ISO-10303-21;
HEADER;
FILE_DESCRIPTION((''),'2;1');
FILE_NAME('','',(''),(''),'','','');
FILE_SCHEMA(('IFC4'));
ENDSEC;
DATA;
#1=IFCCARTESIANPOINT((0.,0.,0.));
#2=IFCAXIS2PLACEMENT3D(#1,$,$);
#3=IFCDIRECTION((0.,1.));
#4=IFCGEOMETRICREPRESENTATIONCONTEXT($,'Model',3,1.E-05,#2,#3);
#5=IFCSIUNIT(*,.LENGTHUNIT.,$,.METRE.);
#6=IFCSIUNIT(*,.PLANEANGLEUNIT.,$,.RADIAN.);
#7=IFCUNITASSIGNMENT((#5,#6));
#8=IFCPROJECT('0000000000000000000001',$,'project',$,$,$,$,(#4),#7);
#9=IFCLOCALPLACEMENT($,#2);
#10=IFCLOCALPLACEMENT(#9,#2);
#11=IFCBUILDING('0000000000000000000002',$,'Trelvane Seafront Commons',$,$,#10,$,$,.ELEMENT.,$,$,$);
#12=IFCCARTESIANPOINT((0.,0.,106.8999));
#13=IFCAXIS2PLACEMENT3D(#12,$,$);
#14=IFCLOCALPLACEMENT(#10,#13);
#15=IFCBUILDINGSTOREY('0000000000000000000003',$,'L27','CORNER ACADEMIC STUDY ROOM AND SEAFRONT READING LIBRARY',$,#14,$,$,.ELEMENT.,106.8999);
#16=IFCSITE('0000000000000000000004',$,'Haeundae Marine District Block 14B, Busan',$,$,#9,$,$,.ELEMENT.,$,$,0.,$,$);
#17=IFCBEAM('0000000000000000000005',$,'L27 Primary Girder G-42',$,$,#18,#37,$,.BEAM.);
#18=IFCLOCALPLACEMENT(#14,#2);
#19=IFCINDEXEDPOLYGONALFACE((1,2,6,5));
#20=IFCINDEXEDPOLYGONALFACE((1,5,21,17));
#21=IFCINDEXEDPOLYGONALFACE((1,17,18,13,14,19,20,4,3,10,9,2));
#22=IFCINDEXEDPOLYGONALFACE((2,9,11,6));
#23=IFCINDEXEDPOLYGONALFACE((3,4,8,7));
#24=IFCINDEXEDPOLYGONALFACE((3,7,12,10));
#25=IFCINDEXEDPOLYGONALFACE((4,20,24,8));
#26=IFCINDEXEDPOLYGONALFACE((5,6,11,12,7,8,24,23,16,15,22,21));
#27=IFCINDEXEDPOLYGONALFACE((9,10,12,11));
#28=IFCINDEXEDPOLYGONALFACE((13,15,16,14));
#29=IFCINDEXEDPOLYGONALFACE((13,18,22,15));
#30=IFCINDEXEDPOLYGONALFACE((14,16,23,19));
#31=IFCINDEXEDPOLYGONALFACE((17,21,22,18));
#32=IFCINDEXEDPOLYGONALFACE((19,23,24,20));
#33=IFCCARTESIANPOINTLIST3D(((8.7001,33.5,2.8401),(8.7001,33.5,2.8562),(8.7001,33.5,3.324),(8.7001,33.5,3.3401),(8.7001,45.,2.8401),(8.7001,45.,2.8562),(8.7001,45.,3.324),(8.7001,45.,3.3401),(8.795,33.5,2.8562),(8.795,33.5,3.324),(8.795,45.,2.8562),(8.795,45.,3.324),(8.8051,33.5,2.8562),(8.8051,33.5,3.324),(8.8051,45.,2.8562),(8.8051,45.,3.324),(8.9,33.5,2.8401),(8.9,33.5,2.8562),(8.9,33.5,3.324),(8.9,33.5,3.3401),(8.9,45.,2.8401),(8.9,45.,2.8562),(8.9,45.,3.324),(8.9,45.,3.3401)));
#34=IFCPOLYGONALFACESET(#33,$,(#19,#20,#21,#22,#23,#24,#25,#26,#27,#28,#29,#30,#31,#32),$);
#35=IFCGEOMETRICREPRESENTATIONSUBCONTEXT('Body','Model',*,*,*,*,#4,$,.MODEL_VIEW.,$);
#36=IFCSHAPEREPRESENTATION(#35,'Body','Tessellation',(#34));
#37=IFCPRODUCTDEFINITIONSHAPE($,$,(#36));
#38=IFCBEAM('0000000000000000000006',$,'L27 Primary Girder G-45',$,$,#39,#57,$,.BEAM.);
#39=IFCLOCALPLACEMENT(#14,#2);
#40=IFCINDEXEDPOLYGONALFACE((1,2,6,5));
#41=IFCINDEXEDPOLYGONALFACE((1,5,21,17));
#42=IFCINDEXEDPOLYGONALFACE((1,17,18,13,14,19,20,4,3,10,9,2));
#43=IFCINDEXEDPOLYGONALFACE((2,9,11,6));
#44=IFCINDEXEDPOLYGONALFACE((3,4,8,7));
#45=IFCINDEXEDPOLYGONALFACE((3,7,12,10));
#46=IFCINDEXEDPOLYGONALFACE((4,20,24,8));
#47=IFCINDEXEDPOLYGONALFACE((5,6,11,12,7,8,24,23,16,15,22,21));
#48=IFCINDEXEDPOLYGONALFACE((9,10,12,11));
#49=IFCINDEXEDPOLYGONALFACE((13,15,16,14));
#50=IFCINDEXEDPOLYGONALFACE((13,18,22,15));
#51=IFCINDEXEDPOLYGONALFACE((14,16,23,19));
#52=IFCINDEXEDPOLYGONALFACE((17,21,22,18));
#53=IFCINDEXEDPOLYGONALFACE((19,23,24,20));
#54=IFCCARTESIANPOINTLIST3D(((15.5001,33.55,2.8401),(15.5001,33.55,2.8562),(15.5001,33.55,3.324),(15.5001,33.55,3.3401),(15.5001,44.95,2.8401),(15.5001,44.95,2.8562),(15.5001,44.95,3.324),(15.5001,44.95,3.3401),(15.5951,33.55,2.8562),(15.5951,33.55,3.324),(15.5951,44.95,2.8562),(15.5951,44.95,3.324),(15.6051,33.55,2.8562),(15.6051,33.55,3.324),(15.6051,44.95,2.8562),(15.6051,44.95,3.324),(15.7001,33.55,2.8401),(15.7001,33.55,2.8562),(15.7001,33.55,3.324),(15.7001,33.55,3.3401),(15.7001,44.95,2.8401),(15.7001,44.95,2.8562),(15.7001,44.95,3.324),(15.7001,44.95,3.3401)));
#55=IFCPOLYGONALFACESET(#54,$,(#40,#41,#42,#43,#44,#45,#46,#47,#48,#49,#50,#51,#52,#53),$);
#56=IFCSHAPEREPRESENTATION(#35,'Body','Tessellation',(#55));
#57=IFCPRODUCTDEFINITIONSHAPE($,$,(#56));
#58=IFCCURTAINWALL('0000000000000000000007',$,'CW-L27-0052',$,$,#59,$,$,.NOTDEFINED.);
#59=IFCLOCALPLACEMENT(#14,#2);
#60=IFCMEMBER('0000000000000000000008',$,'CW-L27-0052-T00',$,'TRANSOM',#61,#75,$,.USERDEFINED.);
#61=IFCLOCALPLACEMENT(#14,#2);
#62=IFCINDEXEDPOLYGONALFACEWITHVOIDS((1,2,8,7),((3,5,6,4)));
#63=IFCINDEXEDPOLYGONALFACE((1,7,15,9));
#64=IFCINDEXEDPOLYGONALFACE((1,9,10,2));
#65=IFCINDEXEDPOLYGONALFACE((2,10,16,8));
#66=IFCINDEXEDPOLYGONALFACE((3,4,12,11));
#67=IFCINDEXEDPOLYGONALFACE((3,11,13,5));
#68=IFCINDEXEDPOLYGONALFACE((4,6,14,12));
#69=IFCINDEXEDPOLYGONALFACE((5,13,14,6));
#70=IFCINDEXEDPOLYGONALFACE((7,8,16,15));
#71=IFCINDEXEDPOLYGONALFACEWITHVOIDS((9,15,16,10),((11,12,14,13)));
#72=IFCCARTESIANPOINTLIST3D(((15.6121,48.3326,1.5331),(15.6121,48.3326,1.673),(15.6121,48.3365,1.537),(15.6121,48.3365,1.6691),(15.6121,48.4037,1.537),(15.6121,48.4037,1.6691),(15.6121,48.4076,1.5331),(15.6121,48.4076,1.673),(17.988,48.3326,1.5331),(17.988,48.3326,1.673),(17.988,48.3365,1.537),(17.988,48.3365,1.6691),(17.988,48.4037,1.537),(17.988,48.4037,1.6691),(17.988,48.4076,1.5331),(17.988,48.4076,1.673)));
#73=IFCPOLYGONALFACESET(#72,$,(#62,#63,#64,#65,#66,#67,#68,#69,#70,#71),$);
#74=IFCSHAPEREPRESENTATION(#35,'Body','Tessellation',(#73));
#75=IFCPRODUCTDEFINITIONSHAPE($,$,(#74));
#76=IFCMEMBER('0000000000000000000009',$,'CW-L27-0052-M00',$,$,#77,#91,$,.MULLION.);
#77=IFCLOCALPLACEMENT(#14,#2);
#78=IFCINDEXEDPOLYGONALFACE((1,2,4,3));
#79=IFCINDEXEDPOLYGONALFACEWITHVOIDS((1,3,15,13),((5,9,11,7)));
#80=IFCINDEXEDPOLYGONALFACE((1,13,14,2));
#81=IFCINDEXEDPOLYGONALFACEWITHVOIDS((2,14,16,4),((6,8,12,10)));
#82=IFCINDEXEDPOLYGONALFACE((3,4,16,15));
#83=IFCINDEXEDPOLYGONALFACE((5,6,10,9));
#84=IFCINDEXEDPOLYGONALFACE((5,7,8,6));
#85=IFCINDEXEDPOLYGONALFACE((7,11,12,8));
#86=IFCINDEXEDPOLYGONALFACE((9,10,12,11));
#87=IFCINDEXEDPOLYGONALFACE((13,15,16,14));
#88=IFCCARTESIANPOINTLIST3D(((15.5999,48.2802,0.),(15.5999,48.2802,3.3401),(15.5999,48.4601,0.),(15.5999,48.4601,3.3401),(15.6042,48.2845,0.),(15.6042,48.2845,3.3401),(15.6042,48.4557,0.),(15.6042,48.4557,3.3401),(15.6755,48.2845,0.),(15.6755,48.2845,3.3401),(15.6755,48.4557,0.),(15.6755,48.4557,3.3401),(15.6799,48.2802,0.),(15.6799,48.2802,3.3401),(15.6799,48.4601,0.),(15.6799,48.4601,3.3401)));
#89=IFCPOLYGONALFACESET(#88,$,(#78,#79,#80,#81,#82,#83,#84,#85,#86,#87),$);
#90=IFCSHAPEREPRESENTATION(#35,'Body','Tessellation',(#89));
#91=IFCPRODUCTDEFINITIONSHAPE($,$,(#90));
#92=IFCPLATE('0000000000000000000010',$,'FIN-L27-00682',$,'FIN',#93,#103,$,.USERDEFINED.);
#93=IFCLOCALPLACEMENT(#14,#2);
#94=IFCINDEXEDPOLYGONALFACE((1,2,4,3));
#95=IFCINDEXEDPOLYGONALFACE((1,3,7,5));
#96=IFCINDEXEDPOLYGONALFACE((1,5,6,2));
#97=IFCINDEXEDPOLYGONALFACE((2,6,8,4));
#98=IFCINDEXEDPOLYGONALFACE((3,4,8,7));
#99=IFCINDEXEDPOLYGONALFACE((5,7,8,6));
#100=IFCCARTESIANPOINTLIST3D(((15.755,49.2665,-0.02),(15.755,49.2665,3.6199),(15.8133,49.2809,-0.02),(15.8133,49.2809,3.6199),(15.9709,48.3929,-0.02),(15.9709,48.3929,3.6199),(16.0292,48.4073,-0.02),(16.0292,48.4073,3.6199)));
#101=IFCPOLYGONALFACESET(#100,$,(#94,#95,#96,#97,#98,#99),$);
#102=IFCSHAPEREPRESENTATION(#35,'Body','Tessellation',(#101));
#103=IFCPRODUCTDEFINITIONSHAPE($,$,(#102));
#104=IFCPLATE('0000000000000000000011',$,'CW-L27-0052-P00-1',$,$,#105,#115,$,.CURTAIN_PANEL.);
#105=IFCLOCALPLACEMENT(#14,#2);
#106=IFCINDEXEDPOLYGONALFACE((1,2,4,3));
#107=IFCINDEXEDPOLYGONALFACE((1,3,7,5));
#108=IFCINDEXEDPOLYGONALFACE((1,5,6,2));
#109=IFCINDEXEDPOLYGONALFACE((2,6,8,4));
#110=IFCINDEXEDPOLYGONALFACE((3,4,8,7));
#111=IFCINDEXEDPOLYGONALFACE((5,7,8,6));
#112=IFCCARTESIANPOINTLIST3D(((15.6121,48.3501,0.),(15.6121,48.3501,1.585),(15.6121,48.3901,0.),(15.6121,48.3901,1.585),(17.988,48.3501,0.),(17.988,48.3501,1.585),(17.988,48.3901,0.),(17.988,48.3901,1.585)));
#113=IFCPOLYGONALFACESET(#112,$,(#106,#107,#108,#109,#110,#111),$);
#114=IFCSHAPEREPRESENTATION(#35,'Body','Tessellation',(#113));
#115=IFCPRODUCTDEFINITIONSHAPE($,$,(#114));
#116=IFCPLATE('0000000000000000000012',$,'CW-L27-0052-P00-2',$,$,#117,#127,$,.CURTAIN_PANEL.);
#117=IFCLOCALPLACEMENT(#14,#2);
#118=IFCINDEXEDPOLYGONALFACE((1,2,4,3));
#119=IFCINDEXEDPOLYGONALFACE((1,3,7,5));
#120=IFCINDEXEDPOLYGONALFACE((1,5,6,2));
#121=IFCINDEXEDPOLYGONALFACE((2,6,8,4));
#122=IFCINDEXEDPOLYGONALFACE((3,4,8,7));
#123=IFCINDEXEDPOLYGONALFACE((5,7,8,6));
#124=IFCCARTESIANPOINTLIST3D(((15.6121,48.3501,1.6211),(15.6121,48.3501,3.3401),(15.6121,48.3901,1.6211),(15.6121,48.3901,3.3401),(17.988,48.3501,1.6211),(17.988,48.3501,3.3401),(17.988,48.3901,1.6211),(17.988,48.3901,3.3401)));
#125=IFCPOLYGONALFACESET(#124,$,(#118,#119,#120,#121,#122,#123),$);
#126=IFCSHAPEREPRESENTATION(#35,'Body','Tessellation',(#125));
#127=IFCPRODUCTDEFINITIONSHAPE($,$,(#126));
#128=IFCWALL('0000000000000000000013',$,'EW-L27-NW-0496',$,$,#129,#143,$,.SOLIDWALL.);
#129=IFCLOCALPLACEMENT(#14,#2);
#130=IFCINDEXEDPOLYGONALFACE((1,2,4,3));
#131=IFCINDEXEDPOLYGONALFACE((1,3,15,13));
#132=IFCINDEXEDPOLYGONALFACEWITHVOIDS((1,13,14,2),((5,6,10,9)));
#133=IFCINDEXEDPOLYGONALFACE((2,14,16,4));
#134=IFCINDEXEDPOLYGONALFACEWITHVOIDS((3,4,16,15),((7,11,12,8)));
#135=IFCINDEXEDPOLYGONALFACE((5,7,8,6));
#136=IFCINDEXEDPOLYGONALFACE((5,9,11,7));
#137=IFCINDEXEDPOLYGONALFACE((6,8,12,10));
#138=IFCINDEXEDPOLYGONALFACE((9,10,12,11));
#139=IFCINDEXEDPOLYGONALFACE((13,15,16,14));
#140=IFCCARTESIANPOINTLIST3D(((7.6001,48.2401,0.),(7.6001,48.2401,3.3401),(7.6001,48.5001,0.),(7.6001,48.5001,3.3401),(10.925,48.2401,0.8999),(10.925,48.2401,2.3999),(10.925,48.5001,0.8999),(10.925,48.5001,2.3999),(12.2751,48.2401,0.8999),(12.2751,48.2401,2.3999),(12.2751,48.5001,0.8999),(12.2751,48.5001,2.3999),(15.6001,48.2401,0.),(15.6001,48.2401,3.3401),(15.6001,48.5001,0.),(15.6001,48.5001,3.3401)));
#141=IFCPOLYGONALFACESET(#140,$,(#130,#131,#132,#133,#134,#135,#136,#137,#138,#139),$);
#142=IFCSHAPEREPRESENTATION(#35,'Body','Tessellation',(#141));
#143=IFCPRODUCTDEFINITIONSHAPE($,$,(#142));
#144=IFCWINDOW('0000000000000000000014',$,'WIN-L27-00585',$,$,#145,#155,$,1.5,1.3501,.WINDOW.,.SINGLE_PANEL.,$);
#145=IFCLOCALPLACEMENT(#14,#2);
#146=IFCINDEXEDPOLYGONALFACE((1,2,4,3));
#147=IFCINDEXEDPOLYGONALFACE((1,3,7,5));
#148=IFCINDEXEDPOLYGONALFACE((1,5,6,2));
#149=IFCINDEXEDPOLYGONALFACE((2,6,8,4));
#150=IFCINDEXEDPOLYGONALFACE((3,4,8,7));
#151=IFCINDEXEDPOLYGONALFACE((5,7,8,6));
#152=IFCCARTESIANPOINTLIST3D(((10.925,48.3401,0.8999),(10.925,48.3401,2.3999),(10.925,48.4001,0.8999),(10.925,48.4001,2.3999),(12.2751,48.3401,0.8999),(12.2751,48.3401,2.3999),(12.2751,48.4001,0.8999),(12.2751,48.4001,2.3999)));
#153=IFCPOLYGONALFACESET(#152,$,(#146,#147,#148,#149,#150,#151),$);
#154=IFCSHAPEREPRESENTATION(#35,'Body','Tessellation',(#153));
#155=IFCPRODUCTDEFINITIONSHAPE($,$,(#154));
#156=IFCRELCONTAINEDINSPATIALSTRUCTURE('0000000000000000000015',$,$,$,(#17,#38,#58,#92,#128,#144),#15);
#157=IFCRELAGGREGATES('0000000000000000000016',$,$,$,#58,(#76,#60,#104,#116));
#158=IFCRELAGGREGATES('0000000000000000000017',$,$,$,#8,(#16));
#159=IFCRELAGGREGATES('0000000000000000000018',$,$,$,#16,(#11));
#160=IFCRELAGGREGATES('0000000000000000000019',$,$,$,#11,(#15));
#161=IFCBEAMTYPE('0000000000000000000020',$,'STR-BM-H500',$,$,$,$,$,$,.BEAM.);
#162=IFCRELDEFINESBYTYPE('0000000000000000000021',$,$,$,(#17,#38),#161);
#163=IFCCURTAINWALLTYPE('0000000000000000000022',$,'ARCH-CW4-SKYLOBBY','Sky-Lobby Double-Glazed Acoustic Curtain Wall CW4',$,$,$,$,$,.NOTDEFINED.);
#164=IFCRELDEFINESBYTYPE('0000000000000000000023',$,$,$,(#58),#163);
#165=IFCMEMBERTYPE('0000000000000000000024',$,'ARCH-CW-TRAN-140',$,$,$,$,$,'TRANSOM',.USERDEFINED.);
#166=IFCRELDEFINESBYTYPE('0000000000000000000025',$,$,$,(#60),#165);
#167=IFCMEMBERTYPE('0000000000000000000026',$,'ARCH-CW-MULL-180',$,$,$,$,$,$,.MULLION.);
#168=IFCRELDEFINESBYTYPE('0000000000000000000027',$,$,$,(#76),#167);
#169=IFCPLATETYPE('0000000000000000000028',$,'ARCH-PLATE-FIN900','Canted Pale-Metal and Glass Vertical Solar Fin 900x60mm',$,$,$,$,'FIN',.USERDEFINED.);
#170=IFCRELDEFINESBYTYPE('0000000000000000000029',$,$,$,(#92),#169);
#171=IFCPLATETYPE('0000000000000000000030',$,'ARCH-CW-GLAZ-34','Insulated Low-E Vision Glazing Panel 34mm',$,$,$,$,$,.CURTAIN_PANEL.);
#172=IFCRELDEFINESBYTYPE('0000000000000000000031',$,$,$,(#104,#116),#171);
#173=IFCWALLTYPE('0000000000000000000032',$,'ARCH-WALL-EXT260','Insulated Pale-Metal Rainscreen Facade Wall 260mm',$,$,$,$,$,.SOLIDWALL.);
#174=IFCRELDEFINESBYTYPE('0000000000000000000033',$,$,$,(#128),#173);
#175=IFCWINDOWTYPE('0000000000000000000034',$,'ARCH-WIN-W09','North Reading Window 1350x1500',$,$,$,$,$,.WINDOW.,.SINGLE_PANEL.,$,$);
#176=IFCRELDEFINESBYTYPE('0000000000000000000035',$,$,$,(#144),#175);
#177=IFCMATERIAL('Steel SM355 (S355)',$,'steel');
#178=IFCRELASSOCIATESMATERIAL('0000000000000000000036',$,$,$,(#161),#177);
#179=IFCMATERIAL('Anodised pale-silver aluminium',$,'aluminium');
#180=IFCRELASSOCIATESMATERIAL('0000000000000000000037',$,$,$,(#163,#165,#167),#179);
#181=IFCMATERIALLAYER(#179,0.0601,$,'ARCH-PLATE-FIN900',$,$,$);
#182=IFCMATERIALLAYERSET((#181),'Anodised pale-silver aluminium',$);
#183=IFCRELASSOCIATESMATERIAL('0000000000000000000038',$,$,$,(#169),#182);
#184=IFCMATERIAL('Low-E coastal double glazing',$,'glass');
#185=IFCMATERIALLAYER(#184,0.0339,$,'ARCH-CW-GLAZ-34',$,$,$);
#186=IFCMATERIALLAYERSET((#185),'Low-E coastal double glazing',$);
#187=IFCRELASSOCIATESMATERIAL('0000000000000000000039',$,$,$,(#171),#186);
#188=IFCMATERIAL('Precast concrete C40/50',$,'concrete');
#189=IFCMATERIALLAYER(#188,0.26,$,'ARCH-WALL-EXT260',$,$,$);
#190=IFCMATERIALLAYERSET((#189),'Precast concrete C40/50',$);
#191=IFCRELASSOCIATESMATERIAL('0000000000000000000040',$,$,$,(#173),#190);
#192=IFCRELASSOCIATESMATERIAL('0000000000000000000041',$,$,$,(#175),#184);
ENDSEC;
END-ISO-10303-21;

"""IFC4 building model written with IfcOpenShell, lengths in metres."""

from ifc_helpers import new_model, si_unit, direction, frame, frame_2d, origin, origin_2d, place, context, subcontext, project, spatial, rectangle, hollow_rectangle, i_section, extrude, source, transform, mapped, material, layer, layer_set, material_profile, profile_set, type_object, element, fill, aggregate, save


model = new_model("IFC4")

# Units and contexts
model_context = context("Model", 3, precision=1e-05, world=origin(), true_north=direction((0.0, 1.0)))
body_context = subcontext(model_context, "Body", "Model", "MODEL_VIEW")
ifc_project = project(units=[si_unit("LENGTHUNIT", "METRE"), si_unit("PLANEANGLEUNIT", "RADIAN")], contexts=[model_context])

# Site, building, storey
site_placement = place(None, origin())
site = spatial("IfcSite", under=ifc_project, at=site_placement, Name="Haeundae Marine District Block 14B, Busan", CompositionType="ELEMENT", RefElevation=0.0)
building_placement = place(site_placement, origin())
building = spatial("IfcBuilding", under=site, at=building_placement, Name="Trelvane Seafront Commons", CompositionType="ELEMENT")
storey_placement = place(building_placement, frame((0.0, 0.0, 106.8999)))
storey = spatial("IfcBuildingStorey", under=building, at=storey_placement, Name="L27", Description="CORNER ACADEMIC STUDY ROOM AND SEAFRONT READING LIBRARY", CompositionType="ELEMENT", Elevation=106.8999)

# Shared definitions
ifc_material_1 = material(Name="Steel SM355 (S355)", Category="steel")

# Beams
ifc_material_profile_1 = material_profile(ifc_material_1, i_section(OverallWidth=0.2, OverallDepth=0.5, WebThickness=0.01, FlangeThickness=0.0161, at=origin_2d()), Name="H-500x200x10x16")
ifc_profile_set_1 = profile_set([ifc_material_profile_1], Name="Steel SM355 (S355)")
beam_type_1 = type_object("IfcBeamType", Name="STR-BM-H500", PredefinedType="BEAM", material=ifc_profile_set_1)
shared_shape_1 = source(origin(), body_context, "Body", "SweptSolid", [
    extrude(i_section(OverallWidth=0.2, OverallDepth=0.5, WebThickness=0.01, FlangeThickness=0.0161, at=origin_2d()), origin(), (0.0, 0.0, 1.0), 11.5),
])
for number, where, z_axis, x_axis, name in (
    (1, (8.8, 33.5, 3.0901), (0.0, 1.0, 0.0), (-1.0, 0.0, 0.0), "L27 Primary Girder G-42"),
):
    element("IfcBeam", number, at=place(storey_placement, frame(where, z_axis=z_axis, x_axis=x_axis)), inside=storey, type_object=beam_type_1, Name=name, PredefinedType="BEAM", context=body_context, shape_type="MappedRepresentation", body=[
        mapped(shared_shape_1, transform((0.0, 0.0, 0.0), x_axis=(1.0, 0.0, 0.0), y_axis=(0.0, 1.0, 0.0), z_axis=(0.0, 0.0, 1.0), scale=1.0)),
    ])
shared_shape_2 = source(origin(), body_context, "Body", "SweptSolid", [
    extrude(i_section(OverallWidth=0.2, OverallDepth=0.5, WebThickness=0.01, FlangeThickness=0.0161, at=origin_2d()), origin(), (0.0, 0.0, 1.0), 11.3999),
])
beam_1_placement = place(storey_placement, frame((15.6001, 33.55, 3.0901), z_axis=(0.0, 1.0, 0.0), x_axis=(-1.0, 0.0, 0.0)))
element("IfcBeam", 2, at=beam_1_placement, inside=storey, type_object=beam_type_1, Name="L27 Primary Girder G-45", PredefinedType="BEAM", context=body_context, shape_type="MappedRepresentation", body=[
    mapped(shared_shape_2, transform((0.0, 0.0, 0.0), x_axis=(1.0, 0.0, 0.0), y_axis=(0.0, 1.0, 0.0), z_axis=(0.0, 0.0, 1.0), scale=1.0)),
])

# Curtain wall, members
ifc_material_2 = material(Name="Anodised pale-silver aluminium", Category="aluminium")
curtain_wall_type = type_object("IfcCurtainWallType", Name="ARCH-CW4-SKYLOBBY", Description="Sky-Lobby Double-Glazed Acoustic Curtain Wall CW4", PredefinedType="NOTDEFINED", material=ifc_material_2)
curtain_wall_placement = place(storey_placement, origin())
curtain_wall = element("IfcCurtainWall", 3, at=curtain_wall_placement, inside=storey, type_object=curtain_wall_type, Name="CW-L27-0052", PredefinedType="NOTDEFINED")
ifc_material_profile_2 = material_profile(ifc_material_2, hollow_rectangle(XDim=0.075, YDim=0.1399, WallThickness=0.0039, at=origin_2d()), Name="TRAN-75x140x4")
ifc_profile_set_2 = profile_set([ifc_material_profile_2], Name="Anodised pale-silver aluminium")
member_type_1 = type_object("IfcMemberType", Name="ARCH-CW-TRAN-140", ElementType="TRANSOM", PredefinedType="USERDEFINED", material=ifc_profile_set_2)
shared_shape_3 = source(origin(), body_context, "Body", "SweptSolid", [
    extrude(hollow_rectangle(XDim=0.075, YDim=0.1399, WallThickness=0.0039, at=origin_2d()), origin(), (0.0, 0.0, 1.0), 2.376),
])
member_1_placement = place(storey_placement, frame((15.6121, 48.3701, 1.603), z_axis=(1.0, 0.0, 0.0), x_axis=(0.0, 1.0, 0.0)))
member_1 = element("IfcMember", 4, at=member_1_placement, type_object=member_type_1, Name="CW-L27-0052-T00", ObjectType="TRANSOM", PredefinedType="USERDEFINED", context=body_context, shape_type="MappedRepresentation", body=[
    mapped(shared_shape_3, transform((0.0, 0.0, 0.0), x_axis=(1.0, 0.0, 0.0), y_axis=(0.0, 1.0, 0.0), z_axis=(0.0, 0.0, 1.0), scale=1.0)),
])
ifc_material_profile_3 = material_profile(ifc_material_2, hollow_rectangle(XDim=0.0801, YDim=0.1799, WallThickness=0.0044, at=origin_2d()), Name="MULL-80x180x4.5")
ifc_profile_set_3 = profile_set([ifc_material_profile_3], Name="Anodised pale-silver aluminium")
member_type_2 = type_object("IfcMemberType", Name="ARCH-CW-MULL-180", PredefinedType="MULLION", material=ifc_profile_set_3)
shared_shape_4 = source(origin(), body_context, "Body", "SweptSolid", [
    extrude(hollow_rectangle(XDim=0.0801, YDim=0.1799, WallThickness=0.0044, at=origin_2d()), origin(), (0.0, 0.0, 1.0), 3.3401),
])
member_2_placement = place(storey_placement, frame((15.6399, 48.3701, 0.0), z_axis=(0.0, 0.0, 1.0), x_axis=(1.0, 0.0, 0.0)))
member_2 = element("IfcMember", 5, at=member_2_placement, type_object=member_type_2, Name="CW-L27-0052-M00", PredefinedType="MULLION", context=body_context, shape_type="MappedRepresentation", body=[
    mapped(shared_shape_4, transform((0.0, 0.0, 0.0), x_axis=(1.0, 0.0, 0.0), y_axis=(0.0, 1.0, 0.0), z_axis=(0.0, 0.0, 1.0), scale=1.0)),
])

# Plates
ifc_layer_1 = layer(ifc_material_2, 0.0601, Name="ARCH-PLATE-FIN900")
ifc_layer_set_1 = layer_set([ifc_layer_1], Name="Anodised pale-silver aluminium")
plate_type_1 = type_object("IfcPlateType", Name="ARCH-PLATE-FIN900", Description="Canted Pale-Metal and Glass Vertical Solar Fin 900x60mm", ElementType="FIN", PredefinedType="USERDEFINED", material=ifc_layer_set_1)
shared_shape_5 = source(origin(), body_context, "Body", "SweptSolid", [
    extrude(rectangle(XDim=0.8999, YDim=0.0601, at=origin_2d()), origin(), (0.0, 0.0, 1.0), 3.6399),
])
plate_1_placement = place(storey_placement, frame((15.8921, 48.8369, -0.02), z_axis=(0.0, 0.0, 1.0), x_axis=(-0.239999, 0.970773, 0.0)))
element("IfcPlate", 6, at=plate_1_placement, inside=storey, type_object=plate_type_1, Name="FIN-L27-00682", ObjectType="FIN", PredefinedType="USERDEFINED", context=body_context, shape_type="MappedRepresentation", body=[
    mapped(shared_shape_5, transform((0.0, 0.0, 0.0), x_axis=(1.0, 0.0, 0.0), y_axis=(0.0, 1.0, 0.0), z_axis=(0.0, 0.0, 1.0), scale=1.0)),
])
ifc_material_3 = material(Name="Low-E coastal double glazing", Category="glass")
ifc_layer_2 = layer(ifc_material_3, 0.0339, Name="ARCH-CW-GLAZ-34")
ifc_layer_set_2 = layer_set([ifc_layer_2], Name="Low-E coastal double glazing")
plate_type_2 = type_object("IfcPlateType", Name="ARCH-CW-GLAZ-34", Description="Insulated Low-E Vision Glazing Panel 34mm", PredefinedType="CURTAIN_PANEL", material=ifc_layer_set_2)
shared_shape_6 = source(origin(), body_context, "Body", "SweptSolid", [
    extrude(rectangle(XDim=2.376, YDim=0.04, at=origin_2d()), origin(), (0.0, 0.0, 1.0), 1.585),
])
plate_2_placement = place(storey_placement, frame((16.8, 48.3701, 0.0), z_axis=(0.0, 0.0, 1.0), x_axis=(1.0, 0.0, 0.0)))
plate_2 = element("IfcPlate", 7, at=plate_2_placement, type_object=plate_type_2, Name="CW-L27-0052-P00-1", PredefinedType="CURTAIN_PANEL", context=body_context, shape_type="MappedRepresentation", body=[
    mapped(shared_shape_6, transform((0.0, 0.0, 0.0), x_axis=(1.0, 0.0, 0.0), y_axis=(0.0, 1.0, 0.0), z_axis=(0.0, 0.0, 1.0), scale=1.0)),
])
shared_shape_7 = source(origin(), body_context, "Body", "SweptSolid", [
    extrude(rectangle(XDim=2.376, YDim=0.04, at=origin_2d()), origin(), (0.0, 0.0, 1.0), 1.719),
])
plate_3_placement = place(storey_placement, frame((16.8, 48.3701, 1.6211), z_axis=(0.0, 0.0, 1.0), x_axis=(1.0, 0.0, 0.0)))
plate_3 = element("IfcPlate", 8, at=plate_3_placement, type_object=plate_type_2, Name="CW-L27-0052-P00-2", PredefinedType="CURTAIN_PANEL", context=body_context, shape_type="MappedRepresentation", body=[
    mapped(shared_shape_7, transform((0.0, 0.0, 0.0), x_axis=(1.0, 0.0, 0.0), y_axis=(0.0, 1.0, 0.0), z_axis=(0.0, 0.0, 1.0), scale=1.0)),
])
aggregate(curtain_wall, [member_2, member_1, plate_2, plate_3])

# Wall, opening, window
ifc_material_4 = material(Name="Precast concrete C40/50", Category="concrete")
ifc_layer_3 = layer(ifc_material_4, 0.26, Name="ARCH-WALL-EXT260")
ifc_layer_set_3 = layer_set([ifc_layer_3], Name="Precast concrete C40/50")
wall_type_1 = type_object("IfcWallType", Name="ARCH-WALL-EXT260", Description="Insulated Pale-Metal Rainscreen Facade Wall 260mm", PredefinedType="SOLIDWALL", material=ifc_layer_set_3)
wall_1_placement = place(storey_placement, frame((7.6001, 48.3701, 0.0), z_axis=(0.0, 0.0, 1.0), x_axis=(1.0, 0.0, 0.0)))
wall_1 = element("IfcWall", 9, at=wall_1_placement, inside=storey, type_object=wall_type_1, Name="EW-L27-NW-0496", PredefinedType="SOLIDWALL", context=body_context, shape_type="SweptSolid", body=[
    extrude(rectangle(XDim=8.0, YDim=0.26, at=frame_2d((4.0, 0.0))), origin(), (0.0, 0.0, 1.0), 3.3401),
])
opening_1_placement = place(wall_1_placement, frame((3.325, 0.0, 0.8999)))
opening_1 = element("IfcOpeningElement", 10, at=opening_1_placement, cuts=wall_1, PredefinedType="OPENING", context=body_context, shape_type="SweptSolid", body=[
    extrude(rectangle(XDim=1.3501, YDim=1.5, at=frame_2d((0.675, 0.75))), frame((0.0, 0.1399, 0.0), z_axis=(0.0, -1.0, 0.0), x_axis=(1.0, 0.0, 0.0)), (0.0, 0.0, 1.0), 0.28),
])
window_type = type_object("IfcWindowType", Name="ARCH-WIN-W09", Description="North Reading Window 1350x1500", PartitioningType="SINGLE_PANEL", PredefinedType="WINDOW", material=ifc_material_3)
shared_shape_8 = source(origin(), body_context, "Body", "SweptSolid", [
    extrude(rectangle(XDim=1.3501, YDim=1.5, at=frame_2d((0.675, 0.75))), frame((0.0, 0.03, 0.0), z_axis=(0.0, -1.0, 0.0), x_axis=(1.0, 0.0, 0.0)), (0.0, 0.0, 1.0), 0.0601),
])
window_placement = place(opening_1_placement, origin())
window = element("IfcWindow", 11, at=window_placement, inside=storey, type_object=window_type, Name="WIN-L27-00585", OverallHeight=1.5, OverallWidth=1.3501, PartitioningType="SINGLE_PANEL", PredefinedType="WINDOW", context=body_context, shape_type="MappedRepresentation", body=[
    mapped(shared_shape_8, transform((0.0, 0.0, 0.0), x_axis=(1.0, 0.0, 0.0), y_axis=(0.0, 1.0, 0.0), z_axis=(0.0, 0.0, 1.0), scale=1.0)),
])
fill(opening_1, window)

save(model, "model.ifc")
